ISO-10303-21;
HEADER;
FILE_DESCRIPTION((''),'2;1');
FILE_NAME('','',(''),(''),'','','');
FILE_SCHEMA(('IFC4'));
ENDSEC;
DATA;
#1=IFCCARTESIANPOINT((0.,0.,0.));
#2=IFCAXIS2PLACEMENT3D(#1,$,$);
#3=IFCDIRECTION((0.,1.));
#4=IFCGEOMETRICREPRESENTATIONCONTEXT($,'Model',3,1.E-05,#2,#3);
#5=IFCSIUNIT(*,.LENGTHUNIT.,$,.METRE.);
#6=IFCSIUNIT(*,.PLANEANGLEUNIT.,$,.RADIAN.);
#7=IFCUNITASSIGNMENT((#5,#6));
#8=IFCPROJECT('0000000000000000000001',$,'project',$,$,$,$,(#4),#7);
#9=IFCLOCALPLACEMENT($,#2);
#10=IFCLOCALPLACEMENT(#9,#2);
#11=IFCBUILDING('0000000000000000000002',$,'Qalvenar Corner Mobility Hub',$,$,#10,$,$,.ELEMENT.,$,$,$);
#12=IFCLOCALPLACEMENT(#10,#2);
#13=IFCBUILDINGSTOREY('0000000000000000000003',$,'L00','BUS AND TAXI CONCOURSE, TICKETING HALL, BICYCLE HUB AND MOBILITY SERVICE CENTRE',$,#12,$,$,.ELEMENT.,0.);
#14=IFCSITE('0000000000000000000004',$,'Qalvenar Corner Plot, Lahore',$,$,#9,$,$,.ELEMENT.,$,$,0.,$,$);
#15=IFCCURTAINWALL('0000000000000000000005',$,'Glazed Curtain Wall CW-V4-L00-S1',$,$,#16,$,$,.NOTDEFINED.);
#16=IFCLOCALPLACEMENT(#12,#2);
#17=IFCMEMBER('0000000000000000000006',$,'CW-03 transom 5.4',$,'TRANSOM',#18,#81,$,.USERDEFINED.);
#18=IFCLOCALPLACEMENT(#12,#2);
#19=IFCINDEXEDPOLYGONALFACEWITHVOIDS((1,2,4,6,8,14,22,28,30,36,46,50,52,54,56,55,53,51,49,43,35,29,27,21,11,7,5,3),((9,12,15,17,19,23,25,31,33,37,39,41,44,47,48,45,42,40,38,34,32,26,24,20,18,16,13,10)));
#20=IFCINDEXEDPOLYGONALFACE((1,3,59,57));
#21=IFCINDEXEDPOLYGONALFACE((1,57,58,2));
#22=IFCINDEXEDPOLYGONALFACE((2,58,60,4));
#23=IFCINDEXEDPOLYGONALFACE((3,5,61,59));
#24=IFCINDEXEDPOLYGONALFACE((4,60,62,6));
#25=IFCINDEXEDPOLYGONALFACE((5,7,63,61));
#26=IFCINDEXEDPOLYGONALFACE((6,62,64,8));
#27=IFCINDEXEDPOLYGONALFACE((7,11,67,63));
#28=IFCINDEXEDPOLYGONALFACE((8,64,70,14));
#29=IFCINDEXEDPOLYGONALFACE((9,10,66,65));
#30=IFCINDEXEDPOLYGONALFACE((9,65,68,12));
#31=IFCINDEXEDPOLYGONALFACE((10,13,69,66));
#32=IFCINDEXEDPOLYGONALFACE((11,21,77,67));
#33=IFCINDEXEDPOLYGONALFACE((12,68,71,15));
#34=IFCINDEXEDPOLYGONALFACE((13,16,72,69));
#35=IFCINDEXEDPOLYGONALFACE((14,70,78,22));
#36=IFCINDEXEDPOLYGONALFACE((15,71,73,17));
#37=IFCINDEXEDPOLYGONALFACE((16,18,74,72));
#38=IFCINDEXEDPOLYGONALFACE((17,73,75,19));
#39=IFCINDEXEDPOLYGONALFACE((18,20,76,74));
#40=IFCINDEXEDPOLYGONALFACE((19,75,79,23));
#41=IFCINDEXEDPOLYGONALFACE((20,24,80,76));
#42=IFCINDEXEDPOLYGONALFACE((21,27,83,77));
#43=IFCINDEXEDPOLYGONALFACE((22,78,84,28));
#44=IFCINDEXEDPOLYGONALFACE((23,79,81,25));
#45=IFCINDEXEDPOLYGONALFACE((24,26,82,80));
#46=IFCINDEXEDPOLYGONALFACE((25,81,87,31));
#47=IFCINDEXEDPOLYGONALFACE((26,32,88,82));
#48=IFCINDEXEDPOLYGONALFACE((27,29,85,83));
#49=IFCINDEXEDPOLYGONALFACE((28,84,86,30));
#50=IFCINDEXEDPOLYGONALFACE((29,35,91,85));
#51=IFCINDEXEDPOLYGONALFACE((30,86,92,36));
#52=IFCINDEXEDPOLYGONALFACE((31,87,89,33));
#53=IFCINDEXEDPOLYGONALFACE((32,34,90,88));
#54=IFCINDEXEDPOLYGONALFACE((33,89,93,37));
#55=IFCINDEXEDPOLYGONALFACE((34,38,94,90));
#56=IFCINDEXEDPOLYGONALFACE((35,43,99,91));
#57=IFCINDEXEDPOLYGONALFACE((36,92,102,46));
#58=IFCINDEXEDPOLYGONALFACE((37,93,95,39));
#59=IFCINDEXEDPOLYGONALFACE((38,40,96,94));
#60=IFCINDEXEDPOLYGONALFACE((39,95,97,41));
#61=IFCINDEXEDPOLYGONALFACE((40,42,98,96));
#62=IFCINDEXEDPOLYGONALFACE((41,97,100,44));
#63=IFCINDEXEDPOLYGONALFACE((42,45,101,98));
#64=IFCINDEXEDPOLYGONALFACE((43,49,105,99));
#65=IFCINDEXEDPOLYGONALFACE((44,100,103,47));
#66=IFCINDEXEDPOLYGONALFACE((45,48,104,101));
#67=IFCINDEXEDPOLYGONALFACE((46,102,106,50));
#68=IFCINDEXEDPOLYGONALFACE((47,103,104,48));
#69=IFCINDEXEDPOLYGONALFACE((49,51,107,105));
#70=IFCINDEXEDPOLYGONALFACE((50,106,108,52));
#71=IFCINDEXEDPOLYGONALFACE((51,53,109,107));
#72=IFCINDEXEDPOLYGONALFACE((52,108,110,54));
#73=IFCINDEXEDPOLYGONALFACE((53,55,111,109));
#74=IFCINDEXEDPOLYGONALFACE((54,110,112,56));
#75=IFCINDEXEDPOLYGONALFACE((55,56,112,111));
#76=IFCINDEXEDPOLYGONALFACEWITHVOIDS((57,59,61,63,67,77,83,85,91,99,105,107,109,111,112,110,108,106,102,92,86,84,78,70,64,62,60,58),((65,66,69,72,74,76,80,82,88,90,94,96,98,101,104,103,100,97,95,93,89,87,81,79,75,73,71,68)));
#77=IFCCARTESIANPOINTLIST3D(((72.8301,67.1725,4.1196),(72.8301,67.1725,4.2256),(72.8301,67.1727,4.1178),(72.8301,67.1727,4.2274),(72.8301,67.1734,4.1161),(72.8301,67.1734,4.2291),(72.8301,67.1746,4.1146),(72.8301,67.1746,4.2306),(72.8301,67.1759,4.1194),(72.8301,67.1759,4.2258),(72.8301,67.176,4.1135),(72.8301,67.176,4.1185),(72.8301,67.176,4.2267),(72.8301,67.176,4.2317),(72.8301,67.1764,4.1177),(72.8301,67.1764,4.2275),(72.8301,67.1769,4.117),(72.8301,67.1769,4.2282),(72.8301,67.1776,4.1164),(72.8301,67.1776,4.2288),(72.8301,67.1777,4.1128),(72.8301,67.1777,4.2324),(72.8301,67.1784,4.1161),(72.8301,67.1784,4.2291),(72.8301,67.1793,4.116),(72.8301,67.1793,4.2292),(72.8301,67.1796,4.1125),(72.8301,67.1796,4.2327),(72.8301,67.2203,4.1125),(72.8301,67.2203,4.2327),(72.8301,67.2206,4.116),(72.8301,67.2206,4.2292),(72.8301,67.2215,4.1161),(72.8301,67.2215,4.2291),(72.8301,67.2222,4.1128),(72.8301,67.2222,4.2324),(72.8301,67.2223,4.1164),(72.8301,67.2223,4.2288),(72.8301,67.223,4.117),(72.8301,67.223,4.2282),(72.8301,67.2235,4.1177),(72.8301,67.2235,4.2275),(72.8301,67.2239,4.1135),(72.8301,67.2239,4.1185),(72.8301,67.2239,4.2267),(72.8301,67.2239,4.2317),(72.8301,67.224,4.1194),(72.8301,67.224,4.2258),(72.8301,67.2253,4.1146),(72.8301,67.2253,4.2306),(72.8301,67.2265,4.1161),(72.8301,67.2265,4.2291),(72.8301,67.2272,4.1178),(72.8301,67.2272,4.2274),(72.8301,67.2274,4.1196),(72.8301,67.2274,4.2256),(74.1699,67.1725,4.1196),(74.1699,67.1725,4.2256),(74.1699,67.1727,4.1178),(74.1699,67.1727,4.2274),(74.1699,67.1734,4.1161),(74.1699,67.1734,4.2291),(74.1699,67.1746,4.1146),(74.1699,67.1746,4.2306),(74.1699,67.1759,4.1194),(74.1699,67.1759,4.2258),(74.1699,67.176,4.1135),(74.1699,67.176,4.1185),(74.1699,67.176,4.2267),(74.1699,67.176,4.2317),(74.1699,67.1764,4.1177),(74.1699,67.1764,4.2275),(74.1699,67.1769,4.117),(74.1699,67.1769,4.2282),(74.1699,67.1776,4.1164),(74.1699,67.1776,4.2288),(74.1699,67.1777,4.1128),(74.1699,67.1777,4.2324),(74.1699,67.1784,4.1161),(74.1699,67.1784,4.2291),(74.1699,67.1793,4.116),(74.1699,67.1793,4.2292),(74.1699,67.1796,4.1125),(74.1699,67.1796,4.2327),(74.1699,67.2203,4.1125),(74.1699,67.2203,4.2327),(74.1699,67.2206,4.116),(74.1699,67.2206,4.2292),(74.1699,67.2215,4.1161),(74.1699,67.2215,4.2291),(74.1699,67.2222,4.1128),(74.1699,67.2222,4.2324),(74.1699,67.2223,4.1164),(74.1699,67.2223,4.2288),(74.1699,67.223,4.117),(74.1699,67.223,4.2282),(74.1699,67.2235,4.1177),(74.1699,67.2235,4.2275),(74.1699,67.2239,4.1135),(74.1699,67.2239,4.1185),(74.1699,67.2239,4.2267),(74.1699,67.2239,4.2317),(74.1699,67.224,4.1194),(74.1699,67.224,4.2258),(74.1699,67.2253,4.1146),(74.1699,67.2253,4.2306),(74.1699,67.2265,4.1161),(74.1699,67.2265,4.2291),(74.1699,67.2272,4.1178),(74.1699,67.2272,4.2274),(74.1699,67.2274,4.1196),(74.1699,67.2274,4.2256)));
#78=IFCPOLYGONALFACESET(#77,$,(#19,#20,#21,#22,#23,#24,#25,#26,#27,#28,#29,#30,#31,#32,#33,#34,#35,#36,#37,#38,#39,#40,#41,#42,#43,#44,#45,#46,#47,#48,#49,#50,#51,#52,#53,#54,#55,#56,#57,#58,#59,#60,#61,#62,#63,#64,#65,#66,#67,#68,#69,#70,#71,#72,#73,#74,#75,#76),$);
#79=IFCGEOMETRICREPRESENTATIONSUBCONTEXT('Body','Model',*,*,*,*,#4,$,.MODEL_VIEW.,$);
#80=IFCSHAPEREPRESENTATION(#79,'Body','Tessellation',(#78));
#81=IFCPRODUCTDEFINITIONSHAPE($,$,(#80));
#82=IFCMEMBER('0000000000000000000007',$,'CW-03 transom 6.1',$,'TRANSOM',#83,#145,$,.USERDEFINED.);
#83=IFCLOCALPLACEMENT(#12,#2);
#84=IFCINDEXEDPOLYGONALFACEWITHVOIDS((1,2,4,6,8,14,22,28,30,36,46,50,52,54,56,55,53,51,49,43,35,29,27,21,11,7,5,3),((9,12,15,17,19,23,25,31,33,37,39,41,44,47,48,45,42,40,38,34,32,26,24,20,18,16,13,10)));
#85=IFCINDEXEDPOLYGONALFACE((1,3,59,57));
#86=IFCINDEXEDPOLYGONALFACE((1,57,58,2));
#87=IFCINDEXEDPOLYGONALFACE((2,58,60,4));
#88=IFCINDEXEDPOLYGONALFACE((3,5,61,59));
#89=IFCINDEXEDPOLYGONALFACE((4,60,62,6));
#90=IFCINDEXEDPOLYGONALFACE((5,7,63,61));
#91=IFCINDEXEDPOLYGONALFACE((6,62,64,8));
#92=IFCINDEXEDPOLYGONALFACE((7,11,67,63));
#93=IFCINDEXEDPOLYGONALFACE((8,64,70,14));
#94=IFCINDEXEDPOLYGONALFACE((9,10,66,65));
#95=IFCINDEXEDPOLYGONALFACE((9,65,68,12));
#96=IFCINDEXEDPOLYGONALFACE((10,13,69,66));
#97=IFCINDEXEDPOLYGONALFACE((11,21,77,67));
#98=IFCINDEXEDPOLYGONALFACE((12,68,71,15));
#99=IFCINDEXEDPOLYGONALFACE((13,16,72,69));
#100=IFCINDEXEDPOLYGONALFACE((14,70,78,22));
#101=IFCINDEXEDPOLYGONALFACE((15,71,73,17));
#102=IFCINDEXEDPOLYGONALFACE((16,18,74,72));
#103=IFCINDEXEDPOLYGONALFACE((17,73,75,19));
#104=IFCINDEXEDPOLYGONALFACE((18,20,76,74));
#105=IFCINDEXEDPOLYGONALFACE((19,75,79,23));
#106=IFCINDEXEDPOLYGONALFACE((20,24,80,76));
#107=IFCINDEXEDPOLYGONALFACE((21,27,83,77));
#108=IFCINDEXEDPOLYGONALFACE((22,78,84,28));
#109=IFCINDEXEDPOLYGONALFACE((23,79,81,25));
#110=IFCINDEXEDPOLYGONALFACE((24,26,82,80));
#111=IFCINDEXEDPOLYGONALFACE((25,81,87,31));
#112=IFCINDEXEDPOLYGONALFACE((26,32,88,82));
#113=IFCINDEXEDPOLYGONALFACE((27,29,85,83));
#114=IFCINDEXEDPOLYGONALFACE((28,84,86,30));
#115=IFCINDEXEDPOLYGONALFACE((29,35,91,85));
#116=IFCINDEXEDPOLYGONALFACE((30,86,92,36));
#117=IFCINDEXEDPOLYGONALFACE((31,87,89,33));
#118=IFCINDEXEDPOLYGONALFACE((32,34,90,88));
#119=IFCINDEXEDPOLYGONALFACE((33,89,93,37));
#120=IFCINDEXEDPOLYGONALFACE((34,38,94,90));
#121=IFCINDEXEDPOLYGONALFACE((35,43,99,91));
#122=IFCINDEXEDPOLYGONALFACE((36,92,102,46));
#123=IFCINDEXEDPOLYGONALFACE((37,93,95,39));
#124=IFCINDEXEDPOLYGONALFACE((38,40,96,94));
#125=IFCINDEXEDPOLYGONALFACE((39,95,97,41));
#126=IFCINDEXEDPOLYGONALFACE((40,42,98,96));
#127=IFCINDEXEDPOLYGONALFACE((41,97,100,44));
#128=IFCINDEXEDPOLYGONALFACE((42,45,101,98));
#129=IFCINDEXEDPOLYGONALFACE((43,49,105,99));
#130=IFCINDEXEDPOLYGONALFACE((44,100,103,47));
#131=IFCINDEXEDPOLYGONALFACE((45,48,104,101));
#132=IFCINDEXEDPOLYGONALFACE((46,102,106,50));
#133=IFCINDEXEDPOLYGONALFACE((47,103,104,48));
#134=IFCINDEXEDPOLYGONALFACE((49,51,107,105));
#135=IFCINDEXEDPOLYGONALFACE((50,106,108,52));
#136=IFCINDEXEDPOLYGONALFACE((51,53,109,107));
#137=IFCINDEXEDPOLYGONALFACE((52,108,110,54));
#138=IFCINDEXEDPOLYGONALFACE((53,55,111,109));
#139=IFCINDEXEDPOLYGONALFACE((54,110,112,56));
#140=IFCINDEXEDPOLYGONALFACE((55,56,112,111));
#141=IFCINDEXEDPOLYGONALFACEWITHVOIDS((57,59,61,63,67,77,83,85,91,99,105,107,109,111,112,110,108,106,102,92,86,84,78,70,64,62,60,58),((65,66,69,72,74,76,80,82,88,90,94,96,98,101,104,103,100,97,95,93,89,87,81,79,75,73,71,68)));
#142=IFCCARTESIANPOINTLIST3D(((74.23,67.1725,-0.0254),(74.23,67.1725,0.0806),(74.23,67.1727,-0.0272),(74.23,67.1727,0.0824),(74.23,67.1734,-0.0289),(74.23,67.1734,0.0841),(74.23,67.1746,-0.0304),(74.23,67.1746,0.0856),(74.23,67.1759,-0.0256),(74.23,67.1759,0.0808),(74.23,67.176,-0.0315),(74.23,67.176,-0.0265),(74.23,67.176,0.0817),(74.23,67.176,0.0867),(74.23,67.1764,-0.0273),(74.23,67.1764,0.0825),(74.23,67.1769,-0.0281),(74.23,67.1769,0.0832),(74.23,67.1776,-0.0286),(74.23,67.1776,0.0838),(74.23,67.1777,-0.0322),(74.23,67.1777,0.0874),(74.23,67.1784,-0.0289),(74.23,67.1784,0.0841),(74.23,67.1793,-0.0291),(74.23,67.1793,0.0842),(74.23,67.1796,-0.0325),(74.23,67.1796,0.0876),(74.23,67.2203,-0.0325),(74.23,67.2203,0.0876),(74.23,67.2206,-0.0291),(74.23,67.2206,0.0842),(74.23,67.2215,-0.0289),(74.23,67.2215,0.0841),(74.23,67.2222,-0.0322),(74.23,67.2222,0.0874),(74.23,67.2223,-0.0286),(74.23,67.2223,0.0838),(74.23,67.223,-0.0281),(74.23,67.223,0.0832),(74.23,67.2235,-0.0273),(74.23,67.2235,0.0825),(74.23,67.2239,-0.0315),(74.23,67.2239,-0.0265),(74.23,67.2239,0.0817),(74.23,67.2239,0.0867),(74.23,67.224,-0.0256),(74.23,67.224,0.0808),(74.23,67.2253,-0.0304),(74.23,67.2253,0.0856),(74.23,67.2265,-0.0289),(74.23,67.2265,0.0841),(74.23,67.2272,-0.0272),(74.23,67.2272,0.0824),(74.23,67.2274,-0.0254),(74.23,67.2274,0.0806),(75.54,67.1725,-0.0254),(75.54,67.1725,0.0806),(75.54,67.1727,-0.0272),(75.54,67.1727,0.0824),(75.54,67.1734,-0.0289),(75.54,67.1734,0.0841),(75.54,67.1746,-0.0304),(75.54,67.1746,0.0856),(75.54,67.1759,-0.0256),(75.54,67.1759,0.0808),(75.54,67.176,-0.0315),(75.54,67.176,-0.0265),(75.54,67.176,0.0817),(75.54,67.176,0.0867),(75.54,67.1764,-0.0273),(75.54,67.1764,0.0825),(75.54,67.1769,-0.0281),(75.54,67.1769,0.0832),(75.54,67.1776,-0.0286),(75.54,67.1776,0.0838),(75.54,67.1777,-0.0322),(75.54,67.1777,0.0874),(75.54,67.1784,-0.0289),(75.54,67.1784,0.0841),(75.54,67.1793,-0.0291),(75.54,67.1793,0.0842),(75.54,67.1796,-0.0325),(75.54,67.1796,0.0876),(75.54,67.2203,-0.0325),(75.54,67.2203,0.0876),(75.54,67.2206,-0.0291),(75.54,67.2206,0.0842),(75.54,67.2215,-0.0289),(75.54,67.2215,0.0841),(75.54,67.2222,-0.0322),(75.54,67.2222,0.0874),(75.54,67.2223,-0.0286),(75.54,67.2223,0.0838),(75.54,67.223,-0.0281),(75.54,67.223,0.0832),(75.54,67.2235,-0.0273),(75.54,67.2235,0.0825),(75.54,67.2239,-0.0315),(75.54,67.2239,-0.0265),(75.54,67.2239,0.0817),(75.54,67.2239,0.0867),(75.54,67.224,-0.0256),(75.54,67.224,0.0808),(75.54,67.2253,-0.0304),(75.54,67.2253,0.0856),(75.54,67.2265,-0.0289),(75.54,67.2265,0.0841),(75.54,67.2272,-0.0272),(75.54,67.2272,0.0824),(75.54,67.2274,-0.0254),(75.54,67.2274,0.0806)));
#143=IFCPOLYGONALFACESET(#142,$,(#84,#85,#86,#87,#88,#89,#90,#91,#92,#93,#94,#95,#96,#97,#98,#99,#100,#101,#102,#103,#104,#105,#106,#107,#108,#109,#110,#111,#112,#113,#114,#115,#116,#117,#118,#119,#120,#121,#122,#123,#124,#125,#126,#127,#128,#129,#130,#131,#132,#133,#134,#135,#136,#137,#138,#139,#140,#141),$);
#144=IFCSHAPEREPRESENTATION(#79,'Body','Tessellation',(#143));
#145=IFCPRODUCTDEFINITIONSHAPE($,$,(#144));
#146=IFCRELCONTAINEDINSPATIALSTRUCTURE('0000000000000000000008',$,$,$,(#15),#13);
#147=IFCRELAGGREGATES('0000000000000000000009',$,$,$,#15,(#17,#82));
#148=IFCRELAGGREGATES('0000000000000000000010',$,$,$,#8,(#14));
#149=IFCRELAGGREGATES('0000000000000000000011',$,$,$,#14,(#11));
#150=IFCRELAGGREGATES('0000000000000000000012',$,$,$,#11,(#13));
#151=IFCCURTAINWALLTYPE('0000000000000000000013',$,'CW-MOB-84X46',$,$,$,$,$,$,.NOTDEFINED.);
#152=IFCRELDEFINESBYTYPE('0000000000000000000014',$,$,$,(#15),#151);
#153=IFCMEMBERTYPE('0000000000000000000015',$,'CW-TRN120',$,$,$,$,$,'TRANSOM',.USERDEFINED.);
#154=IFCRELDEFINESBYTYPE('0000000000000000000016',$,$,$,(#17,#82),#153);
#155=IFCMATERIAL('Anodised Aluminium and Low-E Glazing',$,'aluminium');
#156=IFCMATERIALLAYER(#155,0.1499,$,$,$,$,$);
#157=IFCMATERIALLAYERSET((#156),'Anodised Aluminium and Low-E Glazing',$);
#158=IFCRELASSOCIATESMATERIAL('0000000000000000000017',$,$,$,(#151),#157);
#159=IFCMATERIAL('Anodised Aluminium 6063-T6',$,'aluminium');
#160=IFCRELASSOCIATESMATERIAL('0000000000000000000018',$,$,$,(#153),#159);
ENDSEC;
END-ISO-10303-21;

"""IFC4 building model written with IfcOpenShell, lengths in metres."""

from ifc_helpers import new_model, si_unit, direction, frame, origin, origin_2d, place, context, subcontext, project, spatial, hollow_rectangle, extrude, material, layer, layer_set, material_profile, profile_set, type_object, element, aggregate, save


model = new_model("IFC4")

# Units and contexts
model_context = context("Model", 3, precision=1e-05, world=origin(), true_north=direction((0.0, 1.0)))
body_context = subcontext(model_context, "Body", "Model", "MODEL_VIEW")
ifc_project = project(units=[si_unit("LENGTHUNIT", "METRE"), si_unit("PLANEANGLEUNIT", "RADIAN")], contexts=[model_context])

# Site, building, storey
site_placement = place(None, origin())
site = spatial("IfcSite", under=ifc_project, at=site_placement, Name="Qalvenar Corner Plot, Lahore", CompositionType="ELEMENT", RefElevation=0.0)
building_placement = place(site_placement, origin())
building = spatial("IfcBuilding", under=site, at=building_placement, Name="Qalvenar Corner Mobility Hub", CompositionType="ELEMENT")
storey_placement = place(building_placement, origin())
storey = spatial("IfcBuildingStorey", under=building, at=storey_placement, Name="L00", Description="BUS AND TAXI CONCOURSE, TICKETING HALL, BICYCLE HUB AND MOBILITY SERVICE CENTRE", CompositionType="ELEMENT", Elevation=0.0)

# Curtain wall
ifc_material_1 = material(Name="Anodised Aluminium and Low-E Glazing", Category="aluminium")
ifc_layer_1 = layer(ifc_material_1, 0.1499)
ifc_layer_set_1 = layer_set([ifc_layer_1], Name="Anodised Aluminium and Low-E Glazing")
curtain_wall_type = type_object("IfcCurtainWallType", Name="CW-MOB-84X46", PredefinedType="NOTDEFINED", material=ifc_layer_set_1)
curtain_wall_1_placement = place(storey_placement, origin())
curtain_wall_1 = element("IfcCurtainWall", 1, at=curtain_wall_1_placement, inside=storey, type_object=curtain_wall_type, Name="Glazed Curtain Wall CW-V4-L00-S1", PredefinedType="NOTDEFINED")
ifc_material_2 = material(Name="Anodised Aluminium 6063-T6", Category="aluminium")

# Members
ifc_material_profile_1 = material_profile(ifc_material_2, hollow_rectangle(XDim=0.0549, YDim=0.1201, WallThickness=0.0034, InnerFilletRadius=0.0034, OuterFilletRadius=0.0071, at=origin_2d()), Name="RHS120x55x3.5")
ifc_profile_set_1 = profile_set([ifc_material_profile_1], Name="Anodised Aluminium 6063-T6")
member_type_1 = type_object("IfcMemberType", Name="CW-TRN120", ElementType="TRANSOM", PredefinedType="USERDEFINED", material=ifc_profile_set_1)
member_1_placement = place(storey_placement, frame((72.8301, 67.2, 4.1726), z_axis=(1.0, 0.0, 0.0), x_axis=(0.0, 1.0, 0.0)))
member_1 = element("IfcMember", 2, at=member_1_placement, type_object=member_type_1, Name="CW-03 transom 5.4", ObjectType="TRANSOM", PredefinedType="USERDEFINED", context=body_context, shape_type="SweptSolid", body=[
    extrude(hollow_rectangle(XDim=0.0549, YDim=0.1201, WallThickness=0.0034, InnerFilletRadius=0.0034, OuterFilletRadius=0.0071, at=origin_2d()), origin(), (0.0, 0.0, 1.0), 1.3398),
])
member_2_placement = place(storey_placement, frame((74.23, 67.2, 0.0276), z_axis=(1.0, 0.0, 0.0), x_axis=(0.0, 1.0, 0.0)))
member_2 = element("IfcMember", 3, at=member_2_placement, type_object=member_type_1, Name="CW-03 transom 6.1", ObjectType="TRANSOM", PredefinedType="USERDEFINED", context=body_context, shape_type="SweptSolid", body=[
    extrude(hollow_rectangle(XDim=0.0549, YDim=0.1201, WallThickness=0.0034, InnerFilletRadius=0.0034, OuterFilletRadius=0.0071, at=origin_2d()), origin(), (0.0, 0.0, 1.0), 1.3101),
])

aggregate(curtain_wall_1, [member_1, member_2])

save(model, "model.ifc")
